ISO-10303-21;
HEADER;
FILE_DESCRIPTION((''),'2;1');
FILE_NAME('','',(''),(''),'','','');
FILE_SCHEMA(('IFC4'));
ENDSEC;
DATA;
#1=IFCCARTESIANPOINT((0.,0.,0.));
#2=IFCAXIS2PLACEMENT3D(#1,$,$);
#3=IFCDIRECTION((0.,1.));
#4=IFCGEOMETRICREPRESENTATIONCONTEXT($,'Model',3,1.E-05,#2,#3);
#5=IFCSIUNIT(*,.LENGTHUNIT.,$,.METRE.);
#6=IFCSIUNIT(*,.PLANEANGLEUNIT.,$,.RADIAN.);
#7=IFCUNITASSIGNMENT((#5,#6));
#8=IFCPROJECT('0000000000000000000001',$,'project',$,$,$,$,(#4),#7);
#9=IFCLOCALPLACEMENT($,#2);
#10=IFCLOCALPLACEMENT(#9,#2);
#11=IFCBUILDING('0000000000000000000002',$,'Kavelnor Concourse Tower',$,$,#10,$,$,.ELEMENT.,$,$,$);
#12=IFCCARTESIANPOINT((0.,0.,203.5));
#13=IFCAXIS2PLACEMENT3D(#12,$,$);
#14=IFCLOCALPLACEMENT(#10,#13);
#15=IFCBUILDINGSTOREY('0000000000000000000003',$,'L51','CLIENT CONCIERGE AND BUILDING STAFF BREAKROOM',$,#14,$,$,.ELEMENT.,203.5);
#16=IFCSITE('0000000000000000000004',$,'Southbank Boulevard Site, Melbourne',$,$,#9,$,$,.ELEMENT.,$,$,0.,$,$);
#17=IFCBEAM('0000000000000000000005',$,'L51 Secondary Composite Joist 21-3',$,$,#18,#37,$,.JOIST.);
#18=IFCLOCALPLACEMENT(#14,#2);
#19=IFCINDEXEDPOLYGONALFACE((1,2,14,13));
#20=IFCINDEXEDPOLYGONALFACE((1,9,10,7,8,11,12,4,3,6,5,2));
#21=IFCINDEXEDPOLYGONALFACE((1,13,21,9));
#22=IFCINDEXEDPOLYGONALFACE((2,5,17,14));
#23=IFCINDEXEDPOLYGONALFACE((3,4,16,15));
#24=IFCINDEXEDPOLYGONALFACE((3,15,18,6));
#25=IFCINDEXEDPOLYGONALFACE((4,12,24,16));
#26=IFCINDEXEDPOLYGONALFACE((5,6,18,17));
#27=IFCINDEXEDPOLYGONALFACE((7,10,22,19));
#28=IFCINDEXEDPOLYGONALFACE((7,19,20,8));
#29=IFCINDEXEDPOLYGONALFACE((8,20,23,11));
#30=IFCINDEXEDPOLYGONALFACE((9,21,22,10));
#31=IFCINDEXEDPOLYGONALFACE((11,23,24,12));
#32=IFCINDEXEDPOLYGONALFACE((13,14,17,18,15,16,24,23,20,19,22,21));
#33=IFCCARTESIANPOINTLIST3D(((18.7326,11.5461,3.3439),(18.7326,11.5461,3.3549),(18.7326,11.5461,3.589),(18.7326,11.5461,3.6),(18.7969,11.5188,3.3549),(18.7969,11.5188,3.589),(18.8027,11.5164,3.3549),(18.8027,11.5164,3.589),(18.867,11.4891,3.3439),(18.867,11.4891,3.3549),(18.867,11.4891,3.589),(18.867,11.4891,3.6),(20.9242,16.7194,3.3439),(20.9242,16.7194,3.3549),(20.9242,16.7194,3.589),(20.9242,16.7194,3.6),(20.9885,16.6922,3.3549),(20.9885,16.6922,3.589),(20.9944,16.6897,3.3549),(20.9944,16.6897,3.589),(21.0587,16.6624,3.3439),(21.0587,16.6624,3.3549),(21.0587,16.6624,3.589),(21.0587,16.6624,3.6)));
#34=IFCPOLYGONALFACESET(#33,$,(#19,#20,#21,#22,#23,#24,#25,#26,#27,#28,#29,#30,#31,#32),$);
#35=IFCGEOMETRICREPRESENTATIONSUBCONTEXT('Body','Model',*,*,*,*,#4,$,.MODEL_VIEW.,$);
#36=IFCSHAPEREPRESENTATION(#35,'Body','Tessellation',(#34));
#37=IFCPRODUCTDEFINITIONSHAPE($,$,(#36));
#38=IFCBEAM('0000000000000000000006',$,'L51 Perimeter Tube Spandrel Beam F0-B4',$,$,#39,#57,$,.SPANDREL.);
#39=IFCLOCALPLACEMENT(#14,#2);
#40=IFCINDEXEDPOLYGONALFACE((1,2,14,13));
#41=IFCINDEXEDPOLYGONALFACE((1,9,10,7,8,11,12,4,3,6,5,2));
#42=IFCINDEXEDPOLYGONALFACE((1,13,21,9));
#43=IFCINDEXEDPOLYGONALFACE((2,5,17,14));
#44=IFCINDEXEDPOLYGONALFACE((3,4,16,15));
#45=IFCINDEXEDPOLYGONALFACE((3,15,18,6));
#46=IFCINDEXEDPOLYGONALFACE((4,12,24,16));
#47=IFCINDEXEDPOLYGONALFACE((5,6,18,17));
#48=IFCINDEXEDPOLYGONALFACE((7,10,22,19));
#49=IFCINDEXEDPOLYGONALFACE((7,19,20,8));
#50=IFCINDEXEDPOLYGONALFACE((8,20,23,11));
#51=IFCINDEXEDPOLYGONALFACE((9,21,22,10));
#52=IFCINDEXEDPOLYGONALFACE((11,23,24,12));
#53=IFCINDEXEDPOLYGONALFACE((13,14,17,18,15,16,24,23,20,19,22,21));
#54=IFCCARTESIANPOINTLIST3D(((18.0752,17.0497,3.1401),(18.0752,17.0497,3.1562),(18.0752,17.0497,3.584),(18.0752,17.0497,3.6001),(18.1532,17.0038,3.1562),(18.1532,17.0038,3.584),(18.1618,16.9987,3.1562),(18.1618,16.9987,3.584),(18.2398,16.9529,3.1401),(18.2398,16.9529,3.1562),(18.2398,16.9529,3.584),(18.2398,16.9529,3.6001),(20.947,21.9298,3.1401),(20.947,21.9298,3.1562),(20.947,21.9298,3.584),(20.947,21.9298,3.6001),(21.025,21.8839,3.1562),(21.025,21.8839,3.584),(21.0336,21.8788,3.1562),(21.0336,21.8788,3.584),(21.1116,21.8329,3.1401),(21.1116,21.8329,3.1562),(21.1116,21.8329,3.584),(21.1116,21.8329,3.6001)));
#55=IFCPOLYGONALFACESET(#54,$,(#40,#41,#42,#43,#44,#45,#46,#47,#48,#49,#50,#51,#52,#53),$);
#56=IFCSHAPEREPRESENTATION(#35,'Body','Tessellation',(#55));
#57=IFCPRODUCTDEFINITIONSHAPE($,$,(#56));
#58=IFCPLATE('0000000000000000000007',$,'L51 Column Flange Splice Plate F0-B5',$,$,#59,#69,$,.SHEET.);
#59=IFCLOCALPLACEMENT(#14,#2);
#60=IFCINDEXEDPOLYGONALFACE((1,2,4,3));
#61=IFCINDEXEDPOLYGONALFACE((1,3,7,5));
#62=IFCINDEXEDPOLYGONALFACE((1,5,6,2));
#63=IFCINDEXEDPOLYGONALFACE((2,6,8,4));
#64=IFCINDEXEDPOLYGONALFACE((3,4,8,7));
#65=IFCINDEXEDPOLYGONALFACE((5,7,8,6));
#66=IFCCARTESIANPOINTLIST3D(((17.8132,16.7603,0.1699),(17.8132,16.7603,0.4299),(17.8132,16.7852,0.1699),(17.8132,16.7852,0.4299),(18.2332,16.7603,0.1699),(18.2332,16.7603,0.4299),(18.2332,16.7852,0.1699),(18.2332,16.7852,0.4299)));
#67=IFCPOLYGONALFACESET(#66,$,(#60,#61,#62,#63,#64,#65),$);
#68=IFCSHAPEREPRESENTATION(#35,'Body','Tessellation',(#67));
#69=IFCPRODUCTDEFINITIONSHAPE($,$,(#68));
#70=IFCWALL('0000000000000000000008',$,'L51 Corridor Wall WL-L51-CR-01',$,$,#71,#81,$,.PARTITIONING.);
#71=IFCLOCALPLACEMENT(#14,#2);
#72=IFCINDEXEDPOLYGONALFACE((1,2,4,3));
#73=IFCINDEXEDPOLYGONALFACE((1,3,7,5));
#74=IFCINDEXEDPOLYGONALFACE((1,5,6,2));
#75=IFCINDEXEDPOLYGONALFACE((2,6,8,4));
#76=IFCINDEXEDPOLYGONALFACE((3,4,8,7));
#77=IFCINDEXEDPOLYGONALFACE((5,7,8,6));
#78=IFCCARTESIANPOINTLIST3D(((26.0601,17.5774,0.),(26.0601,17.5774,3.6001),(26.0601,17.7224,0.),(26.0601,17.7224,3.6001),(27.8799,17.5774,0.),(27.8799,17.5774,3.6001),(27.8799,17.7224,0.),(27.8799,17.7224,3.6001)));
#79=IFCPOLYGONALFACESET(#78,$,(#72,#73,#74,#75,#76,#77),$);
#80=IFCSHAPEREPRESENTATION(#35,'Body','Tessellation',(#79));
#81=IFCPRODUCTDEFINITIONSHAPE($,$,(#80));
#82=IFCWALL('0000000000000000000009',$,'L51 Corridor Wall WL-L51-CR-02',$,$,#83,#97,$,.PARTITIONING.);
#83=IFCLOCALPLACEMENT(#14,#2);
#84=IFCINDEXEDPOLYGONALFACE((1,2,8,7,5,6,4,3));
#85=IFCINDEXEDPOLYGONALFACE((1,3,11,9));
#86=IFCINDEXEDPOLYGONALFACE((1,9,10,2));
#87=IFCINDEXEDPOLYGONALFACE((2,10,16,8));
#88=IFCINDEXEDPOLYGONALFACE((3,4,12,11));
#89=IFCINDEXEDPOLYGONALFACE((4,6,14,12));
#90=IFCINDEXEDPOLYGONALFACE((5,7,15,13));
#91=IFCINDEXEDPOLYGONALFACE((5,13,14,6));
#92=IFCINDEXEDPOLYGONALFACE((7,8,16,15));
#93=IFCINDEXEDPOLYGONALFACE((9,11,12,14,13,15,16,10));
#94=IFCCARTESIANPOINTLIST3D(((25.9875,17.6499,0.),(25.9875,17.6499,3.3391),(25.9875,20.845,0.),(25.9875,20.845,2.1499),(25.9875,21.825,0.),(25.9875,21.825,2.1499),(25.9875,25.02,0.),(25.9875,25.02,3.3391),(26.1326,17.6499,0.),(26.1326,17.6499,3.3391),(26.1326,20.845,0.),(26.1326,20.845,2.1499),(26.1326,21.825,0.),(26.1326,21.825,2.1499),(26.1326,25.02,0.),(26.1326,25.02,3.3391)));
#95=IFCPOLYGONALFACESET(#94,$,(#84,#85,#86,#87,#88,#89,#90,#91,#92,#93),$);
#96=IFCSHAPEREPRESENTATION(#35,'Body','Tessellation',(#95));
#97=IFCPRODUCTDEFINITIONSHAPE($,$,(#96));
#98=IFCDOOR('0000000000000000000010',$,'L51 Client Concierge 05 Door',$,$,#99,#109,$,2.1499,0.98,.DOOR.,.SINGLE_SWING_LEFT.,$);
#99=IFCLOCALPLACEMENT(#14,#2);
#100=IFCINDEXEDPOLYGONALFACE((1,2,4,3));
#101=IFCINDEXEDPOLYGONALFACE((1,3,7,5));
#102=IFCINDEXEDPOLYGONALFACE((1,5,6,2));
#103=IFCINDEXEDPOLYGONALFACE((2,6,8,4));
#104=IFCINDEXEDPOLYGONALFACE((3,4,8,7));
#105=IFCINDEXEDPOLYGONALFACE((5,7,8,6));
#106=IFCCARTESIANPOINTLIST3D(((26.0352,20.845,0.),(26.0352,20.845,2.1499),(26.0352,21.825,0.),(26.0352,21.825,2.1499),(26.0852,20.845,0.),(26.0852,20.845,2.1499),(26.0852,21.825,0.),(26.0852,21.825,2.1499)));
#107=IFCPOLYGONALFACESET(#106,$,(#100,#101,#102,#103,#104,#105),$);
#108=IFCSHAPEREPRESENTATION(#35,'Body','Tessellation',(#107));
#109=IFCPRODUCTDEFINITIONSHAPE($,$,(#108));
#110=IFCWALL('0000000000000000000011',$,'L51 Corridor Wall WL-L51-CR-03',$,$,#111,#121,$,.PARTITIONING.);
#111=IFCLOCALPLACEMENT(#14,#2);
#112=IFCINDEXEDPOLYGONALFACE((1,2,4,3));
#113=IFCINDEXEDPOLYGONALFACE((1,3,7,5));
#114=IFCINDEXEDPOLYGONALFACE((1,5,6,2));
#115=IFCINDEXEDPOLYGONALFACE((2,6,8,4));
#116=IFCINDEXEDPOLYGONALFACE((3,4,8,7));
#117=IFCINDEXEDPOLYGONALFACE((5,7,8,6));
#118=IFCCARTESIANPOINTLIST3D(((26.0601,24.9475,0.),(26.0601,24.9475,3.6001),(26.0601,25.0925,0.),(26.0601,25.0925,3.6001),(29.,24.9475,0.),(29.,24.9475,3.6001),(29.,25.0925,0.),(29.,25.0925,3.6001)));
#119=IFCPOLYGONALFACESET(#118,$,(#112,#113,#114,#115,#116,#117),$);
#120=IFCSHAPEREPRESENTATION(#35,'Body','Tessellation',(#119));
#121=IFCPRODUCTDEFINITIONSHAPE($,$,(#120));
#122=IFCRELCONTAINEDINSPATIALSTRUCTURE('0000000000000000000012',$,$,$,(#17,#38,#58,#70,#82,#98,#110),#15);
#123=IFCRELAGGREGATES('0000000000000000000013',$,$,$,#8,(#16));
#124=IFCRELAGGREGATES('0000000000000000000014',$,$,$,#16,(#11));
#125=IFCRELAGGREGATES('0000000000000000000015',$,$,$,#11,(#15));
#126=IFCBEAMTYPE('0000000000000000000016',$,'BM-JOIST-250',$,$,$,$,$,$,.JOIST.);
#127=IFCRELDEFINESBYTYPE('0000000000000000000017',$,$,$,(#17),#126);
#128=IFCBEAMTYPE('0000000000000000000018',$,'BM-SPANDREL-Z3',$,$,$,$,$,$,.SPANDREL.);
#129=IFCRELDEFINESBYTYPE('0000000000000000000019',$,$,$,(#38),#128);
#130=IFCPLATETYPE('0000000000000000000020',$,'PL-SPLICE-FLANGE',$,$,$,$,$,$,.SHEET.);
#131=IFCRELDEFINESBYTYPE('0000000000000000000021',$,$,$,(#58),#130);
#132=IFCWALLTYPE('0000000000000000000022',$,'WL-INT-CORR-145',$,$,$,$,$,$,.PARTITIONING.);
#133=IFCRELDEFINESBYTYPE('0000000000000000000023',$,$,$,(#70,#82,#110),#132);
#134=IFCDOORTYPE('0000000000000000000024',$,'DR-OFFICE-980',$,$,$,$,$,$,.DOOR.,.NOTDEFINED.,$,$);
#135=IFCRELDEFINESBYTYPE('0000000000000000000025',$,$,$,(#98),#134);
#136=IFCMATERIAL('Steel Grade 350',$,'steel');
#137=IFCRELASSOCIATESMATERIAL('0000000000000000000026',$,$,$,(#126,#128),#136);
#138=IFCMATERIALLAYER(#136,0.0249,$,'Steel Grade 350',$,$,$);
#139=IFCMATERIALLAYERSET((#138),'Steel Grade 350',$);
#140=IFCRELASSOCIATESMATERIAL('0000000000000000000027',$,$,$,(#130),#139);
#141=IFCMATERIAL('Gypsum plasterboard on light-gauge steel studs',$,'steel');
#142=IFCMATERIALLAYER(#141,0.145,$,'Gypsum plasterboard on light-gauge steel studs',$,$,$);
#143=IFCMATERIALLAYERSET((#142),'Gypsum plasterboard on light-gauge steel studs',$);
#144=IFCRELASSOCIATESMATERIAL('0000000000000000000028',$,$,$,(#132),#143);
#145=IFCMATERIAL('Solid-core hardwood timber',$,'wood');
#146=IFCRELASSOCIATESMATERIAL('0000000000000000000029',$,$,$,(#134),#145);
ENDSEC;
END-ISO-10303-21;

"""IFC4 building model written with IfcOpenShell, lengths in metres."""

from ifc_helpers import new_model, si_unit, direction, frame, frame_2d, origin, origin_2d, place, context, subcontext, project, spatial, rectangle, i_section, extrude, material, layer, layer_set, material_profile, profile_set, type_object, element, fill, save


model = new_model("IFC4")

# Units and contexts
model_context = context("Model", 3, precision=1e-05, world=origin(), true_north=direction((0.0, 1.0)))
body_context = subcontext(model_context, "Body", "Model", "MODEL_VIEW")
ifc_project = project(units=[si_unit("LENGTHUNIT", "METRE"), si_unit("PLANEANGLEUNIT", "RADIAN")], contexts=[model_context])

# Site, building, storey
site_placement = place(None, origin())
site = spatial("IfcSite", under=ifc_project, at=site_placement, Name="Southbank Boulevard Site, Melbourne", CompositionType="ELEMENT", RefElevation=0.0)
building_placement = place(site_placement, origin())
building = spatial("IfcBuilding", under=site, at=building_placement, Name="Kavelnor Concourse Tower", CompositionType="ELEMENT")
storey_placement = place(building_placement, frame((0.0, 0.0, 203.5)))
storey = spatial("IfcBuildingStorey", under=building, at=storey_placement, Name="L51", Description="CLIENT CONCIERGE AND BUILDING STAFF BREAKROOM", CompositionType="ELEMENT", Elevation=203.5)

# Shared definitions
ifc_material_1 = material(Name="Steel Grade 350", Category="steel")

# Beams
ifc_material_profile_1 = material_profile(ifc_material_1, i_section(OverallWidth=0.146, OverallDepth=0.2561, WebThickness=0.0063, FlangeThickness=0.011, at=origin_2d()), Name="250UB37")
ifc_profile_set_1 = profile_set([ifc_material_profile_1], Name="Steel Grade 350")
beam_type_1 = type_object("IfcBeamType", Name="BM-JOIST-250", PredefinedType="JOIST", material=ifc_profile_set_1)
beam_1_placement = place(storey_placement, frame((20.9915, 16.6909, 3.4719), z_axis=(-0.390082, -0.92078, 0.0), x_axis=(0.92078, -0.390082, 0.0)))
element("IfcBeam", 1, at=beam_1_placement, inside=storey, type_object=beam_type_1, Name="L51 Secondary Composite Joist 21-3", PredefinedType="JOIST", context=body_context, shape_type="SweptSolid", body=[
    extrude(i_section(OverallWidth=0.146, OverallDepth=0.2561, WebThickness=0.0063, FlangeThickness=0.011, at=origin_2d()), origin(), (0.0, 0.0, 1.0), 5.6184),
])
ifc_material_profile_2 = material_profile(ifc_material_1, i_section(OverallWidth=0.1909, OverallDepth=0.46, WebThickness=0.01, FlangeThickness=0.0161, at=origin_2d()), Name="460UB82")
ifc_profile_set_2 = profile_set([ifc_material_profile_2], Name="Steel Grade 350")
beam_type_2 = type_object("IfcBeamType", Name="BM-SPANDREL-Z3", PredefinedType="SPANDREL", material=ifc_profile_set_2)
beam_2_placement = place(storey_placement, frame((21.0293, 21.8813, 3.3701), z_axis=(-0.507173, -0.861844, 0.0), x_axis=(0.861844, -0.507173, 0.0)))
element("IfcBeam", 2, at=beam_2_placement, inside=storey, type_object=beam_type_2, Name="L51 Perimeter Tube Spandrel Beam F0-B4", PredefinedType="SPANDREL", context=body_context, shape_type="SweptSolid", body=[
    extrude(i_section(OverallWidth=0.1909, OverallDepth=0.46, WebThickness=0.01, FlangeThickness=0.0161, at=origin_2d()), origin(), (0.0, 0.0, 1.0), 5.6624),
])

# Plate
ifc_layer_1 = layer(ifc_material_1, 0.0249, Name="Steel Grade 350")
ifc_layer_set_1 = layer_set([ifc_layer_1], Name="Steel Grade 350")
plate_type = type_object("IfcPlateType", Name="PL-SPLICE-FLANGE", PredefinedType="SHEET", material=ifc_layer_set_1)
plate_placement = place(storey_placement, frame((18.0232, 16.7727, 0.1699), z_axis=(0.0, 0.0, 1.0), x_axis=(1.0, 0.0, 0.0)))
element("IfcPlate", 3, at=plate_placement, inside=storey, type_object=plate_type, Name="L51 Column Flange Splice Plate F0-B5", PredefinedType="SHEET", context=body_context, shape_type="SweptSolid", body=[
    extrude(rectangle(XDim=0.4199, YDim=0.0249, at=origin_2d()), origin(), (0.0, 0.0, 1.0), 0.26),
])

# Wall
ifc_material_2 = material(Name="Gypsum plasterboard on light-gauge steel studs", Category="steel")
ifc_layer_2 = layer(ifc_material_2, 0.145, Name="Gypsum plasterboard on light-gauge steel studs")
ifc_layer_set_2 = layer_set([ifc_layer_2], Name="Gypsum plasterboard on light-gauge steel studs")
wall_type_1 = type_object("IfcWallType", Name="WL-INT-CORR-145", PredefinedType="PARTITIONING", material=ifc_layer_set_2)
wall_1_placement = place(storey_placement, frame((27.8799, 17.6499, 0.0), z_axis=(0.0, 0.0, 1.0), x_axis=(-1.0, 0.0, 0.0)))
element("IfcWall", 4, at=wall_1_placement, inside=storey, type_object=wall_type_1, Name="L51 Corridor Wall WL-L51-CR-01", PredefinedType="PARTITIONING", context=body_context, shape_type="SweptSolid", body=[
    extrude(rectangle(XDim=1.8198, YDim=0.145, at=frame_2d((0.9099, 0.0))), origin(), (0.0, 0.0, 1.0), 3.6001),
])

# Wall, opening, door
wall_2_placement = place(storey_placement, frame((26.0601, 17.6499, 0.0), z_axis=(0.0, 0.0, 1.0), x_axis=(0.0, 1.0, 0.0)))
wall_2 = element("IfcWall", 5, at=wall_2_placement, inside=storey, type_object=wall_type_1, Name="L51 Corridor Wall WL-L51-CR-02", PredefinedType="PARTITIONING", context=body_context, shape_type="SweptSolid", body=[
    extrude(rectangle(XDim=7.3701, YDim=0.145, at=frame_2d((3.6851, 0.0))), origin(), (0.0, 0.0, 1.0), 3.3391),
])
opening_1_placement = place(wall_2_placement, frame((3.1951, 0.0, 0.0)))
opening_1 = element("IfcOpeningElement", 6, at=opening_1_placement, cuts=wall_2, PredefinedType="OPENING", context=body_context, shape_type="SweptSolid", body=[
    extrude(rectangle(XDim=0.98, YDim=2.1499, at=frame_2d((0.49, 1.075))), frame((0.0, 0.0825, 0.0), z_axis=(0.0, -1.0, 0.0), x_axis=(1.0, 0.0, 0.0)), (0.0, 0.0, 1.0), 0.165),
])
ifc_material_3 = material(Name="Solid-core hardwood timber", Category="wood")
door_type_1 = type_object("IfcDoorType", Name="DR-OFFICE-980", OperationType="NOTDEFINED", PredefinedType="DOOR", material=ifc_material_3)
door_1_placement = place(opening_1_placement, origin())
door_1 = element("IfcDoor", 7, at=door_1_placement, inside=storey, type_object=door_type_1, Name="L51 Client Concierge 05 Door", OperationType="SINGLE_SWING_LEFT", OverallHeight=2.1499, OverallWidth=0.98, PredefinedType="DOOR", context=body_context, shape_type="SweptSolid", body=[
    extrude(rectangle(XDim=0.98, YDim=2.1499, at=frame_2d((0.49, 1.075))), frame((0.0, 0.0249, 0.0), z_axis=(0.0, -1.0, 0.0), x_axis=(1.0, 0.0, 0.0)), (0.0, 0.0, 1.0), 0.05),
])
fill(opening_1, door_1)

# Wall
wall_3_placement = place(storey_placement, frame((26.0601, 25.02, 0.0), z_axis=(0.0, 0.0, 1.0), x_axis=(1.0, 0.0, 0.0)))
element("IfcWall", 8, at=wall_3_placement, inside=storey, type_object=wall_type_1, Name="L51 Corridor Wall WL-L51-CR-03", PredefinedType="PARTITIONING", context=body_context, shape_type="SweptSolid", body=[
    extrude(rectangle(XDim=2.9399, YDim=0.145, at=frame_2d((1.47, 0.0))), origin(), (0.0, 0.0, 1.0), 3.6001),
])

save(model, "model.ifc")
